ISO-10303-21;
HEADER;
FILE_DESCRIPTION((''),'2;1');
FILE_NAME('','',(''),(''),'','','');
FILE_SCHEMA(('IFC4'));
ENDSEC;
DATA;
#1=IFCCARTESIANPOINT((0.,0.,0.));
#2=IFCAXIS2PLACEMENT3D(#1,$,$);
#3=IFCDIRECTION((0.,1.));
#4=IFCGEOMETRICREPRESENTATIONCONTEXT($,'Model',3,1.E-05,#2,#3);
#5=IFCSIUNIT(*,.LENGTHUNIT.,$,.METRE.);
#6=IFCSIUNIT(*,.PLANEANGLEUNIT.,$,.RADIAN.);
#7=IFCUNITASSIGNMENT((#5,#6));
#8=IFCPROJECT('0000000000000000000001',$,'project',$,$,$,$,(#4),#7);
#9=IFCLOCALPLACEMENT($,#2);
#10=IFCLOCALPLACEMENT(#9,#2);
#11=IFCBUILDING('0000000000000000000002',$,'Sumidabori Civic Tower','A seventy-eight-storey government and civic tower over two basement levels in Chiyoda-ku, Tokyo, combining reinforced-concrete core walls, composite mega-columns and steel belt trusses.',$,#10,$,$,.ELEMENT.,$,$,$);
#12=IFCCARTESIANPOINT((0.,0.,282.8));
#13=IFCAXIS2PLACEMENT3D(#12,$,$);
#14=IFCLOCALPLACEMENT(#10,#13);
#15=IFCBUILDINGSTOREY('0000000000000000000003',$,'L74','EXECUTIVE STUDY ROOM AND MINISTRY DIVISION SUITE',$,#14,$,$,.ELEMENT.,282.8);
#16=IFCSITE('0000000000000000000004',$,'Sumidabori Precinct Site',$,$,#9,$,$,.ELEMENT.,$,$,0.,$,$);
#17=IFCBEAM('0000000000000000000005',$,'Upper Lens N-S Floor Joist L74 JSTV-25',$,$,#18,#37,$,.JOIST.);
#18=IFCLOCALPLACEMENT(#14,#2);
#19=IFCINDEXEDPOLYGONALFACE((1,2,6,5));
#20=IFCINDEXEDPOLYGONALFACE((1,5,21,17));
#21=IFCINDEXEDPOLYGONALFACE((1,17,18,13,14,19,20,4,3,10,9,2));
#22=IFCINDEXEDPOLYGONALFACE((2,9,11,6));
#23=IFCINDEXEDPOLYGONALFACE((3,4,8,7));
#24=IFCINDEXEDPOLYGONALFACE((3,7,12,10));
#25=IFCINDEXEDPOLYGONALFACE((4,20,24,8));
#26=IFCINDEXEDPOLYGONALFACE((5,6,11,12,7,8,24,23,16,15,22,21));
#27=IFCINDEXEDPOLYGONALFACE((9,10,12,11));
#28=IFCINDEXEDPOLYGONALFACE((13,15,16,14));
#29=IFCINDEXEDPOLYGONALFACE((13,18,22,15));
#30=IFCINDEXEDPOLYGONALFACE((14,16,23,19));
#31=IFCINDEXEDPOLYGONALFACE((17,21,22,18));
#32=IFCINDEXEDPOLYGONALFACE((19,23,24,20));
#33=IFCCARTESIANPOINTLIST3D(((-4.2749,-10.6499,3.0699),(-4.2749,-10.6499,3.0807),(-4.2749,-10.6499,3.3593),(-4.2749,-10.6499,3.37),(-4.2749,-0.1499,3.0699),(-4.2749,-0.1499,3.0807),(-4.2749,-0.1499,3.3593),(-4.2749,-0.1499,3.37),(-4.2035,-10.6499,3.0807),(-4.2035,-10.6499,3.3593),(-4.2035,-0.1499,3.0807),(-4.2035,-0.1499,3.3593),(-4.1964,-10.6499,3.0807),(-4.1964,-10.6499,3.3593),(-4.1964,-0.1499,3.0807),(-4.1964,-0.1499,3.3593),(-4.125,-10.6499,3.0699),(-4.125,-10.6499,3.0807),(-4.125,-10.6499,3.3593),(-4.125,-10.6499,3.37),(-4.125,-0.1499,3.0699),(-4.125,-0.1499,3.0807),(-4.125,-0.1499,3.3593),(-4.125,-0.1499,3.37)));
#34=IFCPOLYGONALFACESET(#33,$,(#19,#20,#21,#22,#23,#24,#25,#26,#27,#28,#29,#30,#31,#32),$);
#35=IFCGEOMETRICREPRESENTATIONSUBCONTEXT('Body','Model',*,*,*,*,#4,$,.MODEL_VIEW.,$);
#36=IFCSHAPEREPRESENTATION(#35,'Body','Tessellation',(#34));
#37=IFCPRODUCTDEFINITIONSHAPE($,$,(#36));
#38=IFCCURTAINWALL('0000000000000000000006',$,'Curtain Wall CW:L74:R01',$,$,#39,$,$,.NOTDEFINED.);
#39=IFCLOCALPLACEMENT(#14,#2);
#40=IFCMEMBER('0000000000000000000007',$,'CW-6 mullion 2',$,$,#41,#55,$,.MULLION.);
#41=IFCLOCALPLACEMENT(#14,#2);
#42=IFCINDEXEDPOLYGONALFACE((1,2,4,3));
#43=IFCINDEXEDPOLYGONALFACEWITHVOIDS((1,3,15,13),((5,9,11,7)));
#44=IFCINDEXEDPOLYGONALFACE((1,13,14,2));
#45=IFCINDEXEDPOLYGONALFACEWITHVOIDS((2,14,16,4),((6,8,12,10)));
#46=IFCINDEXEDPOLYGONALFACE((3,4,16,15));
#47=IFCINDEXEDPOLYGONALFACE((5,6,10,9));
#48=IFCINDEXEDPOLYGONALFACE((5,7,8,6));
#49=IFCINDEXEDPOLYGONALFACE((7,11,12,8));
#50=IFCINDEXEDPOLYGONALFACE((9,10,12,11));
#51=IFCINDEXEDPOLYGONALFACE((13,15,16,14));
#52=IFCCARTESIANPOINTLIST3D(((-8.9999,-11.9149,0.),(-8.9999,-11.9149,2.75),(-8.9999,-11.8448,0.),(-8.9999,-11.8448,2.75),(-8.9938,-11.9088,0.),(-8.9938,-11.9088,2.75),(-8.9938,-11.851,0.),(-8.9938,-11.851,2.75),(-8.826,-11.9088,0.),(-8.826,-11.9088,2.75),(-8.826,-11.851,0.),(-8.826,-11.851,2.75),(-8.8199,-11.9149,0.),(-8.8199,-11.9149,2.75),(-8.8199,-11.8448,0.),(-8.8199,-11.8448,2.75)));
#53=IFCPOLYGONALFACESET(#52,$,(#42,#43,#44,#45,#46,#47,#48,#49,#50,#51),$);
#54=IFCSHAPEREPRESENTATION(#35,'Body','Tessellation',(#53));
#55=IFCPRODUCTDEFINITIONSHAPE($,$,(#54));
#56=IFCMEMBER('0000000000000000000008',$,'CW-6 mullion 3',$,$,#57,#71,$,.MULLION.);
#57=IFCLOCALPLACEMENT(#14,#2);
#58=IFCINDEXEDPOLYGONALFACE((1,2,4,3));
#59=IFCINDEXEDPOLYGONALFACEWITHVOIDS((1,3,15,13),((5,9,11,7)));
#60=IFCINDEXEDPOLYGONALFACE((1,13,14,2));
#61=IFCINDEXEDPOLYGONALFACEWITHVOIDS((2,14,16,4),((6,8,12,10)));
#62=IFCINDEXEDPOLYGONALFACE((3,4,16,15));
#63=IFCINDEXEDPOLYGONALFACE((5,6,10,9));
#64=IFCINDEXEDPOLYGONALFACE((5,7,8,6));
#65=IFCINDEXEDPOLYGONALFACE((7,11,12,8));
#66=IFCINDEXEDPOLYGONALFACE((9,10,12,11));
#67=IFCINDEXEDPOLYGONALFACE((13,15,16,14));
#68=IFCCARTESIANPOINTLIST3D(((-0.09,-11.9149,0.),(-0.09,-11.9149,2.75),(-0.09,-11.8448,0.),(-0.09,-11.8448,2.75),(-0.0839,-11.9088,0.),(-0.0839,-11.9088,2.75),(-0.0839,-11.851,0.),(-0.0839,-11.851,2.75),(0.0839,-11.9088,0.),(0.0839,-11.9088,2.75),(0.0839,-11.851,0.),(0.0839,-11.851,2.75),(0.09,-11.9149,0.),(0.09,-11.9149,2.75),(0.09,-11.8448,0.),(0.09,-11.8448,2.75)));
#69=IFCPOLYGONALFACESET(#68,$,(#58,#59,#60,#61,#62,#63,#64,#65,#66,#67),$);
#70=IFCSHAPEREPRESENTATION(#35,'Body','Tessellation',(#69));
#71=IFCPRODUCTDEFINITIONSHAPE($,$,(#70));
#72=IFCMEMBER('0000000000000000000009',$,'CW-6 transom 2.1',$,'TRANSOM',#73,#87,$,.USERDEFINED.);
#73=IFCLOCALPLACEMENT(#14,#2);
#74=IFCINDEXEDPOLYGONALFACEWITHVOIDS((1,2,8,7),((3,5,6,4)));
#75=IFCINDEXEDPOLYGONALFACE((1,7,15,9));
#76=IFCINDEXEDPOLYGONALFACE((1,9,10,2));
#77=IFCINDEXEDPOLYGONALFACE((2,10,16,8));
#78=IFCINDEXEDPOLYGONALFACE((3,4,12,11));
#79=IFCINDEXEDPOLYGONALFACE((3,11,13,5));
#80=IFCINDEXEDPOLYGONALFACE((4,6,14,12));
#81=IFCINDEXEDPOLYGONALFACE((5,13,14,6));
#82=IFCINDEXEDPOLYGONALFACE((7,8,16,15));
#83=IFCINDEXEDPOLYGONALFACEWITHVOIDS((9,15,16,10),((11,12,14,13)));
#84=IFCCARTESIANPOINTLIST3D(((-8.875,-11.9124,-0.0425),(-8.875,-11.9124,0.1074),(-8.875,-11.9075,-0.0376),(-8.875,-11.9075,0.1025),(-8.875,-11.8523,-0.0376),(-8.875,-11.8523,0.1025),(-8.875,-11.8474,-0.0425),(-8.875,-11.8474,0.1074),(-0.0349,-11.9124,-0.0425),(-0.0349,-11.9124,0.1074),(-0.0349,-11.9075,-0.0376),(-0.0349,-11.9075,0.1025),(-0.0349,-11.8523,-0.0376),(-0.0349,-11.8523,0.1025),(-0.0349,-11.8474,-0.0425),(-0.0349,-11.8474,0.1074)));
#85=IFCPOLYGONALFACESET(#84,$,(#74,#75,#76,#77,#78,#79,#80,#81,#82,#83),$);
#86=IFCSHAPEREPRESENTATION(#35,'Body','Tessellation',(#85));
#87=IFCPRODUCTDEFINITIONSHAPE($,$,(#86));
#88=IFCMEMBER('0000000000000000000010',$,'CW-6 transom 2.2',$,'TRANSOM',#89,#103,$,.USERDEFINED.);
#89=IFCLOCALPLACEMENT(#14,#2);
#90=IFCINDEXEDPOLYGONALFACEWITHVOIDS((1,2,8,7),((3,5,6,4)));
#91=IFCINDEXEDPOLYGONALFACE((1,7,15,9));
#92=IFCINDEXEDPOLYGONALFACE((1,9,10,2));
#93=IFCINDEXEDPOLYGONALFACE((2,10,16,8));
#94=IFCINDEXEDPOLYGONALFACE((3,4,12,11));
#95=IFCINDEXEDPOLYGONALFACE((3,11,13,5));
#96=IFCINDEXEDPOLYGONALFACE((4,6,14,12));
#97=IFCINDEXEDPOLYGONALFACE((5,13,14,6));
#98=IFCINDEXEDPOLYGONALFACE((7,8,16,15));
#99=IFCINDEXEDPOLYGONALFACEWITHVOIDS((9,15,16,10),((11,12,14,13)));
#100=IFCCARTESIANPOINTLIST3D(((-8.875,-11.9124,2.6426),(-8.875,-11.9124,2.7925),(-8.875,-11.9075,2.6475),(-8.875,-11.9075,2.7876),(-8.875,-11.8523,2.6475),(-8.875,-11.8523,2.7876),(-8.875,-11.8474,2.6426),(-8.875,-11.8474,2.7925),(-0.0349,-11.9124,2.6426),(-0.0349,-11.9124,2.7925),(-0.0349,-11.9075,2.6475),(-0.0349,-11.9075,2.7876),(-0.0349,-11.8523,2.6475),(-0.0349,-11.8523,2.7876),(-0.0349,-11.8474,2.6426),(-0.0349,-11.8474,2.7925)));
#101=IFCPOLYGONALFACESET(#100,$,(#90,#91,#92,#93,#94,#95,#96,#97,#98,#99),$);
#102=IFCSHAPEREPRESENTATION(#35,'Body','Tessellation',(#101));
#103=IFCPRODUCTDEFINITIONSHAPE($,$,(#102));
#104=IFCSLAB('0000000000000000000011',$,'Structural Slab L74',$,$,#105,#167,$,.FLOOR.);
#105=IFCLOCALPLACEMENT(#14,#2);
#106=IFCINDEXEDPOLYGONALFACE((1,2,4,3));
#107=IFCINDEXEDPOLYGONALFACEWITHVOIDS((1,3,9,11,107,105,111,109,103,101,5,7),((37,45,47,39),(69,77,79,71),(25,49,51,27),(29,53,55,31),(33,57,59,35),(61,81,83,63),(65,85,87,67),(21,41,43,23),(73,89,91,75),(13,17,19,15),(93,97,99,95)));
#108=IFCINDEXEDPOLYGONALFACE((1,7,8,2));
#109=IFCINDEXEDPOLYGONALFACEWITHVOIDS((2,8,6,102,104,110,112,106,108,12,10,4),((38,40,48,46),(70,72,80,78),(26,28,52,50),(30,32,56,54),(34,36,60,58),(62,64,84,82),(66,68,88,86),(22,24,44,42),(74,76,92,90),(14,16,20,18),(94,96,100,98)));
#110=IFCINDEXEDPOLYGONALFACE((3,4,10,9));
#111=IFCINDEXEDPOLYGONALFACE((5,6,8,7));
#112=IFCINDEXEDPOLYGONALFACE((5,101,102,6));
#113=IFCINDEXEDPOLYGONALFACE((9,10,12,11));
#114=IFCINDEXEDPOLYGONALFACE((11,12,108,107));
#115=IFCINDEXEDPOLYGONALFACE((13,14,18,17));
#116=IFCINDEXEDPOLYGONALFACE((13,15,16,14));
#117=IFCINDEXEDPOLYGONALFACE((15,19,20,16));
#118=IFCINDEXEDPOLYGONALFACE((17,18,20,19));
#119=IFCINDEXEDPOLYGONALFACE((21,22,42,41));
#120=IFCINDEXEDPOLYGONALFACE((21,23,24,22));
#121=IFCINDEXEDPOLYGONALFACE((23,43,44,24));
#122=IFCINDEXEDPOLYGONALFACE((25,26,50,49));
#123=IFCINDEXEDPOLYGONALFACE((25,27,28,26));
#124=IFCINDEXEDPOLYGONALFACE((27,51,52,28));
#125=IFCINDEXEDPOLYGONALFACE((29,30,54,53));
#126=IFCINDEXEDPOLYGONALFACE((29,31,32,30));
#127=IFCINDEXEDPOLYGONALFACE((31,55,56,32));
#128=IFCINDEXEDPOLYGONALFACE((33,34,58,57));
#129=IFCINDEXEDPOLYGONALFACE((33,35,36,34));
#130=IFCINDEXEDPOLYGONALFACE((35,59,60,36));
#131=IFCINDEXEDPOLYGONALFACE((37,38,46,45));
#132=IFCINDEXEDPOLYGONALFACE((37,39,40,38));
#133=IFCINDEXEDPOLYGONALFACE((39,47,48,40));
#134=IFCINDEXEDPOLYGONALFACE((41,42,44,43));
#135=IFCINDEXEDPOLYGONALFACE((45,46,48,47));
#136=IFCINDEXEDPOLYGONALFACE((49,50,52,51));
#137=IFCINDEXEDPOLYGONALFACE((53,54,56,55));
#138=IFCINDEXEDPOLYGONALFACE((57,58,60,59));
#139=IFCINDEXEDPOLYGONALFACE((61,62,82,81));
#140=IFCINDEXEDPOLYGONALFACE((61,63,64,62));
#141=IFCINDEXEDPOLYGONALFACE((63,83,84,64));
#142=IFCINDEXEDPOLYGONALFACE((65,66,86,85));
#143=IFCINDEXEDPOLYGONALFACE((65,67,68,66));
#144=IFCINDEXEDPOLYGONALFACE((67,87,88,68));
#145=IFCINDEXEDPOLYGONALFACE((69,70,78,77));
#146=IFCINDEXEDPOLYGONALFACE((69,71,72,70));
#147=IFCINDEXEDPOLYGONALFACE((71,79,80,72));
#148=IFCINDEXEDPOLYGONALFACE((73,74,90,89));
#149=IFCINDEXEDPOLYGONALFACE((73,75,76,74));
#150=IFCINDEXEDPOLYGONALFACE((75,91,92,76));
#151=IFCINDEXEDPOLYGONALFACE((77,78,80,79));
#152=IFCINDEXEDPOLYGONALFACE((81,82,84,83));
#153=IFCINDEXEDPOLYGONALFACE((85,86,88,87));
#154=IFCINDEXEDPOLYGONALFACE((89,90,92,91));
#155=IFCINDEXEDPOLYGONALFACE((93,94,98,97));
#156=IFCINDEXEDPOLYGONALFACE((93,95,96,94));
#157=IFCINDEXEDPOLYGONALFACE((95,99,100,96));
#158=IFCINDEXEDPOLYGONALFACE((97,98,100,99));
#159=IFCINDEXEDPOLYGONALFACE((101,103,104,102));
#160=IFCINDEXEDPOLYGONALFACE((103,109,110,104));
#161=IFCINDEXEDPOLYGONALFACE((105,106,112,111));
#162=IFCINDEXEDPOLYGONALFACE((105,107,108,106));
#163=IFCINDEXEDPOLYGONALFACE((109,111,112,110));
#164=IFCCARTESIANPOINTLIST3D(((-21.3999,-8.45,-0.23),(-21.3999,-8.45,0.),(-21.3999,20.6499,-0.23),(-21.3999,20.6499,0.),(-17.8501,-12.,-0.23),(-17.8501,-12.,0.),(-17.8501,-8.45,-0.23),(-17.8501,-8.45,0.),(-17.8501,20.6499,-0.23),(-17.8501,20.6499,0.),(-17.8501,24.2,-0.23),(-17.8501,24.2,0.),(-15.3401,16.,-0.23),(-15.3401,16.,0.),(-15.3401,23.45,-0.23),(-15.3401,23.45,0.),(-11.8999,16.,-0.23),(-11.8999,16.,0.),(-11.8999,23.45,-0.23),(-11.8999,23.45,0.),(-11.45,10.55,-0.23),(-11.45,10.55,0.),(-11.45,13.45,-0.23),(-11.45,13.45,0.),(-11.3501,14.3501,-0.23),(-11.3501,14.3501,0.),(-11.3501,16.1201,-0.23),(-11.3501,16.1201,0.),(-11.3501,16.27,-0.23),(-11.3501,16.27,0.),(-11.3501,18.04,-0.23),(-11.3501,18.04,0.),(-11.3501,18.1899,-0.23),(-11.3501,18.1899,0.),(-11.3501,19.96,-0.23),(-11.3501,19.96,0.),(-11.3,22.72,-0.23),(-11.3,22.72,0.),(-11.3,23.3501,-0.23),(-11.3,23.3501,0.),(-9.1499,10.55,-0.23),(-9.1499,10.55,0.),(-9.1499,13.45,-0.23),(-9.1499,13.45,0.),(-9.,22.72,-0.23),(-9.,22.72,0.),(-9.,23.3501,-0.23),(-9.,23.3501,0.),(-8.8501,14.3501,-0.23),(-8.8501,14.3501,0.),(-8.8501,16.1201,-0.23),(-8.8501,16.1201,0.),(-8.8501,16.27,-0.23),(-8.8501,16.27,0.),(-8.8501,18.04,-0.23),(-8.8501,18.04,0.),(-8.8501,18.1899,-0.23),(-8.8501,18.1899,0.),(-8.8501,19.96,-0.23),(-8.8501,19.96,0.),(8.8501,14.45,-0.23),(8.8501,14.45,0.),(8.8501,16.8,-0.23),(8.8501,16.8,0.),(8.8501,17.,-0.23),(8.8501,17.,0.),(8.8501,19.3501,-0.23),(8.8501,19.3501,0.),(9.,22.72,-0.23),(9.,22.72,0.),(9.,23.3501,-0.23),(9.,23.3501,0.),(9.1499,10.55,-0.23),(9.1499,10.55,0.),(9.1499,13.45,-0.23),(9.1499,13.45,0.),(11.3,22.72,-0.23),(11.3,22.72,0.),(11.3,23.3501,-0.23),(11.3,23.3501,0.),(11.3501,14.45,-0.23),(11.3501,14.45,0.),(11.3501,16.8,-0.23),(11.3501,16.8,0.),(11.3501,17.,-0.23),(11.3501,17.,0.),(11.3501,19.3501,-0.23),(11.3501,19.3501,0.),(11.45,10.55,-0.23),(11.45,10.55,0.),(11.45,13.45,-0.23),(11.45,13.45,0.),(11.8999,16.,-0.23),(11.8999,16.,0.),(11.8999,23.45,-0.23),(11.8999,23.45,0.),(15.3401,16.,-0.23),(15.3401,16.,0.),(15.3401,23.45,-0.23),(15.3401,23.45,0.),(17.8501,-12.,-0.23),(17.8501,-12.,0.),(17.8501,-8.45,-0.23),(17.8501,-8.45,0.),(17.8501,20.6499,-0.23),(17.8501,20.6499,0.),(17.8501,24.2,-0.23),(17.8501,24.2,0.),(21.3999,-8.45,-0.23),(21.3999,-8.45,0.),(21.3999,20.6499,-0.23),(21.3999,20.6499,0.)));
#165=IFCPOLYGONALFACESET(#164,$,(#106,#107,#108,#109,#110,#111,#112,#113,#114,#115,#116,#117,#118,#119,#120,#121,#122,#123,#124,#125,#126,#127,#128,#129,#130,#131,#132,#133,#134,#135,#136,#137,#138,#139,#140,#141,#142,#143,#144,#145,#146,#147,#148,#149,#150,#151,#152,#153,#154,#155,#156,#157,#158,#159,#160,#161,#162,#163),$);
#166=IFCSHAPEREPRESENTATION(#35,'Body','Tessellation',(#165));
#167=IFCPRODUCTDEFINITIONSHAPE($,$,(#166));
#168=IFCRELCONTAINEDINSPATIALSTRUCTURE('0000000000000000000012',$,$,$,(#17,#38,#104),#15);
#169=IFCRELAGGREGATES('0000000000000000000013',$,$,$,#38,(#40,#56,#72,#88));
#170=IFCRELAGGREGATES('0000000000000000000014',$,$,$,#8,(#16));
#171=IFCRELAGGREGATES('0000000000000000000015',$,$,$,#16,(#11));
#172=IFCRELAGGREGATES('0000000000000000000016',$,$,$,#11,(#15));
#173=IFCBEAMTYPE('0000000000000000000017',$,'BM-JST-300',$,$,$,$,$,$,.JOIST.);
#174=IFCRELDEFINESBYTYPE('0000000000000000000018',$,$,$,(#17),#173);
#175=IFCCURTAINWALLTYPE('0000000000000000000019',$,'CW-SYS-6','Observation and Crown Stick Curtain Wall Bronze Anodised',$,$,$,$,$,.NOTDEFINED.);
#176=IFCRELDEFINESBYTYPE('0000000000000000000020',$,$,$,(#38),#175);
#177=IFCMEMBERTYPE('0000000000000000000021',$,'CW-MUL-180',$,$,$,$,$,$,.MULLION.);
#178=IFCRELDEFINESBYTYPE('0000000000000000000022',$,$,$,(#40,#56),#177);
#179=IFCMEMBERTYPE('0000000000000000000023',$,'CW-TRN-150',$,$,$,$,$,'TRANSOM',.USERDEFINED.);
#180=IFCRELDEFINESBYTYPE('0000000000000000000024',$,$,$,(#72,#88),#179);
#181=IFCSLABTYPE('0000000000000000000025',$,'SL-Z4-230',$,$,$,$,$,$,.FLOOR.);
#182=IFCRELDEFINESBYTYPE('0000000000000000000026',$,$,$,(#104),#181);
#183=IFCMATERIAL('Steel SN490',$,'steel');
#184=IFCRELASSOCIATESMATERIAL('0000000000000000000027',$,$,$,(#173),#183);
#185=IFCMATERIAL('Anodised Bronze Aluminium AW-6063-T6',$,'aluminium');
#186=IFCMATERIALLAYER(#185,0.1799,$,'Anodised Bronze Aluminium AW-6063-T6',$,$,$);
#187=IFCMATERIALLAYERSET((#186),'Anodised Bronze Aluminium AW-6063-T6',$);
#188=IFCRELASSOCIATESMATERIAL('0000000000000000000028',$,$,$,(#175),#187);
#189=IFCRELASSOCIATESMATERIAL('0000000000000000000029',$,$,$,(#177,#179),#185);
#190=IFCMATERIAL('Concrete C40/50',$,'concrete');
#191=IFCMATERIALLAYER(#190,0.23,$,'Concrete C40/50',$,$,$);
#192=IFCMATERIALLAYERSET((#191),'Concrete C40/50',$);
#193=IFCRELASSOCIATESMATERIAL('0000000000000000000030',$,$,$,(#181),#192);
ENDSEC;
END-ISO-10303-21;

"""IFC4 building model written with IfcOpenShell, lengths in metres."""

from ifc_helpers import new_model, si_unit, direction, frame, origin, origin_2d, place, context, subcontext, project, spatial, polyline, hollow_rectangle, i_section, outline, extrude, source, transform, mapped, material, layer, layer_set, material_profile, profile_set, type_object, element, aggregate, save


model = new_model("IFC4")

# Units and contexts
model_context = context("Model", 3, precision=1e-05, world=origin(), true_north=direction((0.0, 1.0)))
body_context = subcontext(model_context, "Body", "Model", "MODEL_VIEW")
ifc_project = project(units=[si_unit("LENGTHUNIT", "METRE"), si_unit("PLANEANGLEUNIT", "RADIAN")], contexts=[model_context])

# Site, building, storey
site_placement = place(None, origin())
site = spatial("IfcSite", under=ifc_project, at=site_placement, Name="Sumidabori Precinct Site", CompositionType="ELEMENT", RefElevation=0.0)
building_placement = place(site_placement, origin())
building = spatial("IfcBuilding", under=site, at=building_placement, Name="Sumidabori Civic Tower", Description="A seventy-eight-storey government and civic tower over two basement levels in Chiyoda-ku, Tokyo, combining reinforced-concrete core walls, composite mega-columns and steel belt trusses.", CompositionType="ELEMENT")
storey_placement = place(building_placement, frame((0.0, 0.0, 282.8)))
storey = spatial("IfcBuildingStorey", under=building, at=storey_placement, Name="L74", Description="EXECUTIVE STUDY ROOM AND MINISTRY DIVISION SUITE", CompositionType="ELEMENT", Elevation=282.8)

# Shared definitions
ifc_material_1 = material(Name="Steel SN490", Category="steel")

# Beam
ifc_material_profile_1 = material_profile(ifc_material_1, i_section(OverallWidth=0.1499, OverallDepth=0.3, WebThickness=0.0071, FlangeThickness=0.0107, at=origin_2d()), Name="IPE 300")
ifc_profile_set_1 = profile_set([ifc_material_profile_1], Name="Steel SN490")
beam_type_1 = type_object("IfcBeamType", Name="BM-JST-300", PredefinedType="JOIST", material=ifc_profile_set_1)
shared_shape_1 = source(origin(), body_context, "Body", "SweptSolid", [
    extrude(i_section(OverallWidth=0.1499, OverallDepth=0.3, WebThickness=0.0071, FlangeThickness=0.0107, at=origin_2d()), origin(), (0.0, 0.0, 1.0), 10.5),
])
for number, where, z_axis, x_axis, name in (
    (1, (-4.2, -10.6499, 3.22), (0.0, 1.0, 0.0), (-1.0, 0.0, 0.0), "Upper Lens N-S Floor Joist L74 JSTV-25"),
):
    element("IfcBeam", number, at=place(storey_placement, frame(where, z_axis=z_axis, x_axis=x_axis)), inside=storey, type_object=beam_type_1, Name=name, PredefinedType="JOIST", context=body_context, shape_type="MappedRepresentation", body=[
        mapped(shared_shape_1, transform((0.0, 0.0, 0.0), x_axis=(1.0, 0.0, 0.0), y_axis=(0.0, 1.0, 0.0), z_axis=(0.0, 0.0, 1.0), scale=1.0)),
    ])

# Curtain wall, members
ifc_material_2 = material(Name="Anodised Bronze Aluminium AW-6063-T6", Category="aluminium")
ifc_layer_1 = layer(ifc_material_2, 0.1799, Name="Anodised Bronze Aluminium AW-6063-T6")
ifc_layer_set_1 = layer_set([ifc_layer_1], Name="Anodised Bronze Aluminium AW-6063-T6")
curtain_wall_type = type_object("IfcCurtainWallType", Name="CW-SYS-6", Description="Observation and Crown Stick Curtain Wall Bronze Anodised", PredefinedType="NOTDEFINED", material=ifc_layer_set_1)
curtain_wall_placement = place(storey_placement, origin())
curtain_wall = element("IfcCurtainWall", 2, at=curtain_wall_placement, inside=storey, type_object=curtain_wall_type, Name="Curtain Wall CW:L74:R01", PredefinedType="NOTDEFINED")
ifc_material_profile_2 = material_profile(ifc_material_2, hollow_rectangle(XDim=0.0701, YDim=0.1799, WallThickness=0.0061, at=origin_2d()), Name="ALU MULLION 180x70")
ifc_profile_set_2 = profile_set([ifc_material_profile_2], Name="Anodised Bronze Aluminium AW-6063-T6")
member_type_1 = type_object("IfcMemberType", Name="CW-MUL-180", PredefinedType="MULLION", material=ifc_profile_set_2)
shared_shape_2 = source(origin(), body_context, "Body", "SweptSolid", [
    extrude(hollow_rectangle(XDim=0.0701, YDim=0.1799, WallThickness=0.0061, at=origin_2d()), origin(), (0.0, 0.0, 1.0), 2.75),
])
member_1_placement = place(storey_placement, frame((-8.9099, -11.8799, 0.0), z_axis=(0.0, 0.0, 1.0), x_axis=(0.0, 1.0, 0.0)))
member_1 = element("IfcMember", 3, at=member_1_placement, type_object=member_type_1, Name="CW-6 mullion 2", PredefinedType="MULLION", context=body_context, shape_type="MappedRepresentation", body=[
    mapped(shared_shape_2, transform((0.0, 0.0, 0.0), x_axis=(1.0, 0.0, 0.0), y_axis=(0.0, 1.0, 0.0), z_axis=(0.0, 0.0, 1.0), scale=1.0)),
])
member_2_placement = place(storey_placement, frame((0.0, -11.8799, 0.0), z_axis=(0.0, 0.0, 1.0), x_axis=(0.0, 1.0, 0.0)))
member_2 = element("IfcMember", 4, at=member_2_placement, type_object=member_type_1, Name="CW-6 mullion 3", PredefinedType="MULLION", context=body_context, shape_type="MappedRepresentation", body=[
    mapped(shared_shape_2, transform((0.0, 0.0, 0.0), x_axis=(1.0, 0.0, 0.0), y_axis=(0.0, 1.0, 0.0), z_axis=(0.0, 0.0, 1.0), scale=1.0)),
])
ifc_material_profile_3 = material_profile(ifc_material_2, hollow_rectangle(XDim=0.0649, YDim=0.1499, WallThickness=0.0049, at=origin_2d()), Name="ALU TRANSOM 150x65")
ifc_profile_set_3 = profile_set([ifc_material_profile_3], Name="Anodised Bronze Aluminium AW-6063-T6")
member_type_2 = type_object("IfcMemberType", Name="CW-TRN-150", ElementType="TRANSOM", PredefinedType="USERDEFINED", material=ifc_profile_set_3)
shared_shape_3 = source(origin(), body_context, "Body", "SweptSolid", [
    extrude(hollow_rectangle(XDim=0.0649, YDim=0.1499, WallThickness=0.0049, at=origin_2d()), origin(), (0.0, 0.0, 1.0), 8.8401),
])
member_3_placement = place(storey_placement, frame((-8.875, -11.8799, 0.0325), z_axis=(1.0, 0.0, 0.0), x_axis=(0.0, 1.0, 0.0)))
member_3 = element("IfcMember", 5, at=member_3_placement, type_object=member_type_2, Name="CW-6 transom 2.1", ObjectType="TRANSOM", PredefinedType="USERDEFINED", context=body_context, shape_type="MappedRepresentation", body=[
    mapped(shared_shape_3, transform((0.0, 0.0, 0.0), x_axis=(1.0, 0.0, 0.0), y_axis=(0.0, 1.0, 0.0), z_axis=(0.0, 0.0, 1.0), scale=1.0)),
])
member_4_placement = place(storey_placement, frame((-8.875, -11.8799, 2.7175), z_axis=(1.0, 0.0, 0.0), x_axis=(0.0, 1.0, 0.0)))
member_4 = element("IfcMember", 6, at=member_4_placement, type_object=member_type_2, Name="CW-6 transom 2.2", ObjectType="TRANSOM", PredefinedType="USERDEFINED", context=body_context, shape_type="MappedRepresentation", body=[
    mapped(shared_shape_3, transform((0.0, 0.0, 0.0), x_axis=(1.0, 0.0, 0.0), y_axis=(0.0, 1.0, 0.0), z_axis=(0.0, 0.0, 1.0), scale=1.0)),
])

# Slab
ifc_material_3 = material(Name="Concrete C40/50", Category="concrete")
ifc_layer_2 = layer(ifc_material_3, 0.23, Name="Concrete C40/50")
ifc_layer_set_2 = layer_set([ifc_layer_2], Name="Concrete C40/50")
slab_type = type_object("IfcSlabType", Name="SL-Z4-230", PredefinedType="FLOOR", material=ifc_layer_set_2)
slab_placement = place(storey_placement, frame((0.0, 0.0, -0.23)))
element("IfcSlab", 7, at=slab_placement, inside=storey, type_object=slab_type, Name="Structural Slab L74", PredefinedType="FLOOR", context=body_context, shape_type="SweptSolid", body=[
    extrude(outline(polyline([(-17.8501, -12.0), (17.8501, -12.0), (17.8501, -8.45), (21.3999, -8.45), (21.3999, 20.6499), (17.8501, 20.6499), (17.8501, 24.2), (-17.8501, 24.2), (-17.8501, 20.6499), (-21.3999, 20.6499), (-21.3999, -8.45), (-17.8501, -8.45), (-17.8501, -12.0)]), holes=[polyline([(-11.8999, 16.0), (-11.8999, 23.45), (-15.3401, 23.45), (-15.3401, 16.0), (-11.8999, 16.0)]), polyline([(15.3401, 16.0), (15.3401, 23.45), (11.8999, 23.45), (11.8999, 16.0), (15.3401, 16.0)]), polyline([(-11.45, 10.55), (-9.1499, 10.55), (-9.1499, 13.45), (-11.45, 13.45), (-11.45, 10.55)]), polyline([(9.1499, 10.55), (11.45, 10.55), (11.45, 13.45), (9.1499, 13.45), (9.1499, 10.55)]), polyline([(-11.3501, 14.3501), (-8.8501, 14.3501), (-8.8501, 16.1201), (-11.3501, 16.1201), (-11.3501, 14.3501)]), polyline([(-11.3501, 16.27), (-8.8501, 16.27), (-8.8501, 18.04), (-11.3501, 18.04), (-11.3501, 16.27)]), polyline([(-11.3501, 18.1899), (-8.8501, 18.1899), (-8.8501, 19.96), (-11.3501, 19.96), (-11.3501, 18.1899)]), polyline([(8.8501, 14.45), (11.3501, 14.45), (11.3501, 16.8), (8.8501, 16.8), (8.8501, 14.45)]), polyline([(8.8501, 17.0), (11.3501, 17.0), (11.3501, 19.3501), (8.8501, 19.3501), (8.8501, 17.0)]), polyline([(-11.3, 22.72), (-9.0, 22.72), (-9.0, 23.3501), (-11.3, 23.3501), (-11.3, 22.72)]), polyline([(9.0, 22.72), (11.3, 22.72), (11.3, 23.3501), (9.0, 23.3501), (9.0, 22.72)])]), origin(), (0.0, 0.0, 1.0), 0.23),
])

aggregate(curtain_wall, [member_1, member_2, member_3, member_4])

save(model, "model.ifc")
